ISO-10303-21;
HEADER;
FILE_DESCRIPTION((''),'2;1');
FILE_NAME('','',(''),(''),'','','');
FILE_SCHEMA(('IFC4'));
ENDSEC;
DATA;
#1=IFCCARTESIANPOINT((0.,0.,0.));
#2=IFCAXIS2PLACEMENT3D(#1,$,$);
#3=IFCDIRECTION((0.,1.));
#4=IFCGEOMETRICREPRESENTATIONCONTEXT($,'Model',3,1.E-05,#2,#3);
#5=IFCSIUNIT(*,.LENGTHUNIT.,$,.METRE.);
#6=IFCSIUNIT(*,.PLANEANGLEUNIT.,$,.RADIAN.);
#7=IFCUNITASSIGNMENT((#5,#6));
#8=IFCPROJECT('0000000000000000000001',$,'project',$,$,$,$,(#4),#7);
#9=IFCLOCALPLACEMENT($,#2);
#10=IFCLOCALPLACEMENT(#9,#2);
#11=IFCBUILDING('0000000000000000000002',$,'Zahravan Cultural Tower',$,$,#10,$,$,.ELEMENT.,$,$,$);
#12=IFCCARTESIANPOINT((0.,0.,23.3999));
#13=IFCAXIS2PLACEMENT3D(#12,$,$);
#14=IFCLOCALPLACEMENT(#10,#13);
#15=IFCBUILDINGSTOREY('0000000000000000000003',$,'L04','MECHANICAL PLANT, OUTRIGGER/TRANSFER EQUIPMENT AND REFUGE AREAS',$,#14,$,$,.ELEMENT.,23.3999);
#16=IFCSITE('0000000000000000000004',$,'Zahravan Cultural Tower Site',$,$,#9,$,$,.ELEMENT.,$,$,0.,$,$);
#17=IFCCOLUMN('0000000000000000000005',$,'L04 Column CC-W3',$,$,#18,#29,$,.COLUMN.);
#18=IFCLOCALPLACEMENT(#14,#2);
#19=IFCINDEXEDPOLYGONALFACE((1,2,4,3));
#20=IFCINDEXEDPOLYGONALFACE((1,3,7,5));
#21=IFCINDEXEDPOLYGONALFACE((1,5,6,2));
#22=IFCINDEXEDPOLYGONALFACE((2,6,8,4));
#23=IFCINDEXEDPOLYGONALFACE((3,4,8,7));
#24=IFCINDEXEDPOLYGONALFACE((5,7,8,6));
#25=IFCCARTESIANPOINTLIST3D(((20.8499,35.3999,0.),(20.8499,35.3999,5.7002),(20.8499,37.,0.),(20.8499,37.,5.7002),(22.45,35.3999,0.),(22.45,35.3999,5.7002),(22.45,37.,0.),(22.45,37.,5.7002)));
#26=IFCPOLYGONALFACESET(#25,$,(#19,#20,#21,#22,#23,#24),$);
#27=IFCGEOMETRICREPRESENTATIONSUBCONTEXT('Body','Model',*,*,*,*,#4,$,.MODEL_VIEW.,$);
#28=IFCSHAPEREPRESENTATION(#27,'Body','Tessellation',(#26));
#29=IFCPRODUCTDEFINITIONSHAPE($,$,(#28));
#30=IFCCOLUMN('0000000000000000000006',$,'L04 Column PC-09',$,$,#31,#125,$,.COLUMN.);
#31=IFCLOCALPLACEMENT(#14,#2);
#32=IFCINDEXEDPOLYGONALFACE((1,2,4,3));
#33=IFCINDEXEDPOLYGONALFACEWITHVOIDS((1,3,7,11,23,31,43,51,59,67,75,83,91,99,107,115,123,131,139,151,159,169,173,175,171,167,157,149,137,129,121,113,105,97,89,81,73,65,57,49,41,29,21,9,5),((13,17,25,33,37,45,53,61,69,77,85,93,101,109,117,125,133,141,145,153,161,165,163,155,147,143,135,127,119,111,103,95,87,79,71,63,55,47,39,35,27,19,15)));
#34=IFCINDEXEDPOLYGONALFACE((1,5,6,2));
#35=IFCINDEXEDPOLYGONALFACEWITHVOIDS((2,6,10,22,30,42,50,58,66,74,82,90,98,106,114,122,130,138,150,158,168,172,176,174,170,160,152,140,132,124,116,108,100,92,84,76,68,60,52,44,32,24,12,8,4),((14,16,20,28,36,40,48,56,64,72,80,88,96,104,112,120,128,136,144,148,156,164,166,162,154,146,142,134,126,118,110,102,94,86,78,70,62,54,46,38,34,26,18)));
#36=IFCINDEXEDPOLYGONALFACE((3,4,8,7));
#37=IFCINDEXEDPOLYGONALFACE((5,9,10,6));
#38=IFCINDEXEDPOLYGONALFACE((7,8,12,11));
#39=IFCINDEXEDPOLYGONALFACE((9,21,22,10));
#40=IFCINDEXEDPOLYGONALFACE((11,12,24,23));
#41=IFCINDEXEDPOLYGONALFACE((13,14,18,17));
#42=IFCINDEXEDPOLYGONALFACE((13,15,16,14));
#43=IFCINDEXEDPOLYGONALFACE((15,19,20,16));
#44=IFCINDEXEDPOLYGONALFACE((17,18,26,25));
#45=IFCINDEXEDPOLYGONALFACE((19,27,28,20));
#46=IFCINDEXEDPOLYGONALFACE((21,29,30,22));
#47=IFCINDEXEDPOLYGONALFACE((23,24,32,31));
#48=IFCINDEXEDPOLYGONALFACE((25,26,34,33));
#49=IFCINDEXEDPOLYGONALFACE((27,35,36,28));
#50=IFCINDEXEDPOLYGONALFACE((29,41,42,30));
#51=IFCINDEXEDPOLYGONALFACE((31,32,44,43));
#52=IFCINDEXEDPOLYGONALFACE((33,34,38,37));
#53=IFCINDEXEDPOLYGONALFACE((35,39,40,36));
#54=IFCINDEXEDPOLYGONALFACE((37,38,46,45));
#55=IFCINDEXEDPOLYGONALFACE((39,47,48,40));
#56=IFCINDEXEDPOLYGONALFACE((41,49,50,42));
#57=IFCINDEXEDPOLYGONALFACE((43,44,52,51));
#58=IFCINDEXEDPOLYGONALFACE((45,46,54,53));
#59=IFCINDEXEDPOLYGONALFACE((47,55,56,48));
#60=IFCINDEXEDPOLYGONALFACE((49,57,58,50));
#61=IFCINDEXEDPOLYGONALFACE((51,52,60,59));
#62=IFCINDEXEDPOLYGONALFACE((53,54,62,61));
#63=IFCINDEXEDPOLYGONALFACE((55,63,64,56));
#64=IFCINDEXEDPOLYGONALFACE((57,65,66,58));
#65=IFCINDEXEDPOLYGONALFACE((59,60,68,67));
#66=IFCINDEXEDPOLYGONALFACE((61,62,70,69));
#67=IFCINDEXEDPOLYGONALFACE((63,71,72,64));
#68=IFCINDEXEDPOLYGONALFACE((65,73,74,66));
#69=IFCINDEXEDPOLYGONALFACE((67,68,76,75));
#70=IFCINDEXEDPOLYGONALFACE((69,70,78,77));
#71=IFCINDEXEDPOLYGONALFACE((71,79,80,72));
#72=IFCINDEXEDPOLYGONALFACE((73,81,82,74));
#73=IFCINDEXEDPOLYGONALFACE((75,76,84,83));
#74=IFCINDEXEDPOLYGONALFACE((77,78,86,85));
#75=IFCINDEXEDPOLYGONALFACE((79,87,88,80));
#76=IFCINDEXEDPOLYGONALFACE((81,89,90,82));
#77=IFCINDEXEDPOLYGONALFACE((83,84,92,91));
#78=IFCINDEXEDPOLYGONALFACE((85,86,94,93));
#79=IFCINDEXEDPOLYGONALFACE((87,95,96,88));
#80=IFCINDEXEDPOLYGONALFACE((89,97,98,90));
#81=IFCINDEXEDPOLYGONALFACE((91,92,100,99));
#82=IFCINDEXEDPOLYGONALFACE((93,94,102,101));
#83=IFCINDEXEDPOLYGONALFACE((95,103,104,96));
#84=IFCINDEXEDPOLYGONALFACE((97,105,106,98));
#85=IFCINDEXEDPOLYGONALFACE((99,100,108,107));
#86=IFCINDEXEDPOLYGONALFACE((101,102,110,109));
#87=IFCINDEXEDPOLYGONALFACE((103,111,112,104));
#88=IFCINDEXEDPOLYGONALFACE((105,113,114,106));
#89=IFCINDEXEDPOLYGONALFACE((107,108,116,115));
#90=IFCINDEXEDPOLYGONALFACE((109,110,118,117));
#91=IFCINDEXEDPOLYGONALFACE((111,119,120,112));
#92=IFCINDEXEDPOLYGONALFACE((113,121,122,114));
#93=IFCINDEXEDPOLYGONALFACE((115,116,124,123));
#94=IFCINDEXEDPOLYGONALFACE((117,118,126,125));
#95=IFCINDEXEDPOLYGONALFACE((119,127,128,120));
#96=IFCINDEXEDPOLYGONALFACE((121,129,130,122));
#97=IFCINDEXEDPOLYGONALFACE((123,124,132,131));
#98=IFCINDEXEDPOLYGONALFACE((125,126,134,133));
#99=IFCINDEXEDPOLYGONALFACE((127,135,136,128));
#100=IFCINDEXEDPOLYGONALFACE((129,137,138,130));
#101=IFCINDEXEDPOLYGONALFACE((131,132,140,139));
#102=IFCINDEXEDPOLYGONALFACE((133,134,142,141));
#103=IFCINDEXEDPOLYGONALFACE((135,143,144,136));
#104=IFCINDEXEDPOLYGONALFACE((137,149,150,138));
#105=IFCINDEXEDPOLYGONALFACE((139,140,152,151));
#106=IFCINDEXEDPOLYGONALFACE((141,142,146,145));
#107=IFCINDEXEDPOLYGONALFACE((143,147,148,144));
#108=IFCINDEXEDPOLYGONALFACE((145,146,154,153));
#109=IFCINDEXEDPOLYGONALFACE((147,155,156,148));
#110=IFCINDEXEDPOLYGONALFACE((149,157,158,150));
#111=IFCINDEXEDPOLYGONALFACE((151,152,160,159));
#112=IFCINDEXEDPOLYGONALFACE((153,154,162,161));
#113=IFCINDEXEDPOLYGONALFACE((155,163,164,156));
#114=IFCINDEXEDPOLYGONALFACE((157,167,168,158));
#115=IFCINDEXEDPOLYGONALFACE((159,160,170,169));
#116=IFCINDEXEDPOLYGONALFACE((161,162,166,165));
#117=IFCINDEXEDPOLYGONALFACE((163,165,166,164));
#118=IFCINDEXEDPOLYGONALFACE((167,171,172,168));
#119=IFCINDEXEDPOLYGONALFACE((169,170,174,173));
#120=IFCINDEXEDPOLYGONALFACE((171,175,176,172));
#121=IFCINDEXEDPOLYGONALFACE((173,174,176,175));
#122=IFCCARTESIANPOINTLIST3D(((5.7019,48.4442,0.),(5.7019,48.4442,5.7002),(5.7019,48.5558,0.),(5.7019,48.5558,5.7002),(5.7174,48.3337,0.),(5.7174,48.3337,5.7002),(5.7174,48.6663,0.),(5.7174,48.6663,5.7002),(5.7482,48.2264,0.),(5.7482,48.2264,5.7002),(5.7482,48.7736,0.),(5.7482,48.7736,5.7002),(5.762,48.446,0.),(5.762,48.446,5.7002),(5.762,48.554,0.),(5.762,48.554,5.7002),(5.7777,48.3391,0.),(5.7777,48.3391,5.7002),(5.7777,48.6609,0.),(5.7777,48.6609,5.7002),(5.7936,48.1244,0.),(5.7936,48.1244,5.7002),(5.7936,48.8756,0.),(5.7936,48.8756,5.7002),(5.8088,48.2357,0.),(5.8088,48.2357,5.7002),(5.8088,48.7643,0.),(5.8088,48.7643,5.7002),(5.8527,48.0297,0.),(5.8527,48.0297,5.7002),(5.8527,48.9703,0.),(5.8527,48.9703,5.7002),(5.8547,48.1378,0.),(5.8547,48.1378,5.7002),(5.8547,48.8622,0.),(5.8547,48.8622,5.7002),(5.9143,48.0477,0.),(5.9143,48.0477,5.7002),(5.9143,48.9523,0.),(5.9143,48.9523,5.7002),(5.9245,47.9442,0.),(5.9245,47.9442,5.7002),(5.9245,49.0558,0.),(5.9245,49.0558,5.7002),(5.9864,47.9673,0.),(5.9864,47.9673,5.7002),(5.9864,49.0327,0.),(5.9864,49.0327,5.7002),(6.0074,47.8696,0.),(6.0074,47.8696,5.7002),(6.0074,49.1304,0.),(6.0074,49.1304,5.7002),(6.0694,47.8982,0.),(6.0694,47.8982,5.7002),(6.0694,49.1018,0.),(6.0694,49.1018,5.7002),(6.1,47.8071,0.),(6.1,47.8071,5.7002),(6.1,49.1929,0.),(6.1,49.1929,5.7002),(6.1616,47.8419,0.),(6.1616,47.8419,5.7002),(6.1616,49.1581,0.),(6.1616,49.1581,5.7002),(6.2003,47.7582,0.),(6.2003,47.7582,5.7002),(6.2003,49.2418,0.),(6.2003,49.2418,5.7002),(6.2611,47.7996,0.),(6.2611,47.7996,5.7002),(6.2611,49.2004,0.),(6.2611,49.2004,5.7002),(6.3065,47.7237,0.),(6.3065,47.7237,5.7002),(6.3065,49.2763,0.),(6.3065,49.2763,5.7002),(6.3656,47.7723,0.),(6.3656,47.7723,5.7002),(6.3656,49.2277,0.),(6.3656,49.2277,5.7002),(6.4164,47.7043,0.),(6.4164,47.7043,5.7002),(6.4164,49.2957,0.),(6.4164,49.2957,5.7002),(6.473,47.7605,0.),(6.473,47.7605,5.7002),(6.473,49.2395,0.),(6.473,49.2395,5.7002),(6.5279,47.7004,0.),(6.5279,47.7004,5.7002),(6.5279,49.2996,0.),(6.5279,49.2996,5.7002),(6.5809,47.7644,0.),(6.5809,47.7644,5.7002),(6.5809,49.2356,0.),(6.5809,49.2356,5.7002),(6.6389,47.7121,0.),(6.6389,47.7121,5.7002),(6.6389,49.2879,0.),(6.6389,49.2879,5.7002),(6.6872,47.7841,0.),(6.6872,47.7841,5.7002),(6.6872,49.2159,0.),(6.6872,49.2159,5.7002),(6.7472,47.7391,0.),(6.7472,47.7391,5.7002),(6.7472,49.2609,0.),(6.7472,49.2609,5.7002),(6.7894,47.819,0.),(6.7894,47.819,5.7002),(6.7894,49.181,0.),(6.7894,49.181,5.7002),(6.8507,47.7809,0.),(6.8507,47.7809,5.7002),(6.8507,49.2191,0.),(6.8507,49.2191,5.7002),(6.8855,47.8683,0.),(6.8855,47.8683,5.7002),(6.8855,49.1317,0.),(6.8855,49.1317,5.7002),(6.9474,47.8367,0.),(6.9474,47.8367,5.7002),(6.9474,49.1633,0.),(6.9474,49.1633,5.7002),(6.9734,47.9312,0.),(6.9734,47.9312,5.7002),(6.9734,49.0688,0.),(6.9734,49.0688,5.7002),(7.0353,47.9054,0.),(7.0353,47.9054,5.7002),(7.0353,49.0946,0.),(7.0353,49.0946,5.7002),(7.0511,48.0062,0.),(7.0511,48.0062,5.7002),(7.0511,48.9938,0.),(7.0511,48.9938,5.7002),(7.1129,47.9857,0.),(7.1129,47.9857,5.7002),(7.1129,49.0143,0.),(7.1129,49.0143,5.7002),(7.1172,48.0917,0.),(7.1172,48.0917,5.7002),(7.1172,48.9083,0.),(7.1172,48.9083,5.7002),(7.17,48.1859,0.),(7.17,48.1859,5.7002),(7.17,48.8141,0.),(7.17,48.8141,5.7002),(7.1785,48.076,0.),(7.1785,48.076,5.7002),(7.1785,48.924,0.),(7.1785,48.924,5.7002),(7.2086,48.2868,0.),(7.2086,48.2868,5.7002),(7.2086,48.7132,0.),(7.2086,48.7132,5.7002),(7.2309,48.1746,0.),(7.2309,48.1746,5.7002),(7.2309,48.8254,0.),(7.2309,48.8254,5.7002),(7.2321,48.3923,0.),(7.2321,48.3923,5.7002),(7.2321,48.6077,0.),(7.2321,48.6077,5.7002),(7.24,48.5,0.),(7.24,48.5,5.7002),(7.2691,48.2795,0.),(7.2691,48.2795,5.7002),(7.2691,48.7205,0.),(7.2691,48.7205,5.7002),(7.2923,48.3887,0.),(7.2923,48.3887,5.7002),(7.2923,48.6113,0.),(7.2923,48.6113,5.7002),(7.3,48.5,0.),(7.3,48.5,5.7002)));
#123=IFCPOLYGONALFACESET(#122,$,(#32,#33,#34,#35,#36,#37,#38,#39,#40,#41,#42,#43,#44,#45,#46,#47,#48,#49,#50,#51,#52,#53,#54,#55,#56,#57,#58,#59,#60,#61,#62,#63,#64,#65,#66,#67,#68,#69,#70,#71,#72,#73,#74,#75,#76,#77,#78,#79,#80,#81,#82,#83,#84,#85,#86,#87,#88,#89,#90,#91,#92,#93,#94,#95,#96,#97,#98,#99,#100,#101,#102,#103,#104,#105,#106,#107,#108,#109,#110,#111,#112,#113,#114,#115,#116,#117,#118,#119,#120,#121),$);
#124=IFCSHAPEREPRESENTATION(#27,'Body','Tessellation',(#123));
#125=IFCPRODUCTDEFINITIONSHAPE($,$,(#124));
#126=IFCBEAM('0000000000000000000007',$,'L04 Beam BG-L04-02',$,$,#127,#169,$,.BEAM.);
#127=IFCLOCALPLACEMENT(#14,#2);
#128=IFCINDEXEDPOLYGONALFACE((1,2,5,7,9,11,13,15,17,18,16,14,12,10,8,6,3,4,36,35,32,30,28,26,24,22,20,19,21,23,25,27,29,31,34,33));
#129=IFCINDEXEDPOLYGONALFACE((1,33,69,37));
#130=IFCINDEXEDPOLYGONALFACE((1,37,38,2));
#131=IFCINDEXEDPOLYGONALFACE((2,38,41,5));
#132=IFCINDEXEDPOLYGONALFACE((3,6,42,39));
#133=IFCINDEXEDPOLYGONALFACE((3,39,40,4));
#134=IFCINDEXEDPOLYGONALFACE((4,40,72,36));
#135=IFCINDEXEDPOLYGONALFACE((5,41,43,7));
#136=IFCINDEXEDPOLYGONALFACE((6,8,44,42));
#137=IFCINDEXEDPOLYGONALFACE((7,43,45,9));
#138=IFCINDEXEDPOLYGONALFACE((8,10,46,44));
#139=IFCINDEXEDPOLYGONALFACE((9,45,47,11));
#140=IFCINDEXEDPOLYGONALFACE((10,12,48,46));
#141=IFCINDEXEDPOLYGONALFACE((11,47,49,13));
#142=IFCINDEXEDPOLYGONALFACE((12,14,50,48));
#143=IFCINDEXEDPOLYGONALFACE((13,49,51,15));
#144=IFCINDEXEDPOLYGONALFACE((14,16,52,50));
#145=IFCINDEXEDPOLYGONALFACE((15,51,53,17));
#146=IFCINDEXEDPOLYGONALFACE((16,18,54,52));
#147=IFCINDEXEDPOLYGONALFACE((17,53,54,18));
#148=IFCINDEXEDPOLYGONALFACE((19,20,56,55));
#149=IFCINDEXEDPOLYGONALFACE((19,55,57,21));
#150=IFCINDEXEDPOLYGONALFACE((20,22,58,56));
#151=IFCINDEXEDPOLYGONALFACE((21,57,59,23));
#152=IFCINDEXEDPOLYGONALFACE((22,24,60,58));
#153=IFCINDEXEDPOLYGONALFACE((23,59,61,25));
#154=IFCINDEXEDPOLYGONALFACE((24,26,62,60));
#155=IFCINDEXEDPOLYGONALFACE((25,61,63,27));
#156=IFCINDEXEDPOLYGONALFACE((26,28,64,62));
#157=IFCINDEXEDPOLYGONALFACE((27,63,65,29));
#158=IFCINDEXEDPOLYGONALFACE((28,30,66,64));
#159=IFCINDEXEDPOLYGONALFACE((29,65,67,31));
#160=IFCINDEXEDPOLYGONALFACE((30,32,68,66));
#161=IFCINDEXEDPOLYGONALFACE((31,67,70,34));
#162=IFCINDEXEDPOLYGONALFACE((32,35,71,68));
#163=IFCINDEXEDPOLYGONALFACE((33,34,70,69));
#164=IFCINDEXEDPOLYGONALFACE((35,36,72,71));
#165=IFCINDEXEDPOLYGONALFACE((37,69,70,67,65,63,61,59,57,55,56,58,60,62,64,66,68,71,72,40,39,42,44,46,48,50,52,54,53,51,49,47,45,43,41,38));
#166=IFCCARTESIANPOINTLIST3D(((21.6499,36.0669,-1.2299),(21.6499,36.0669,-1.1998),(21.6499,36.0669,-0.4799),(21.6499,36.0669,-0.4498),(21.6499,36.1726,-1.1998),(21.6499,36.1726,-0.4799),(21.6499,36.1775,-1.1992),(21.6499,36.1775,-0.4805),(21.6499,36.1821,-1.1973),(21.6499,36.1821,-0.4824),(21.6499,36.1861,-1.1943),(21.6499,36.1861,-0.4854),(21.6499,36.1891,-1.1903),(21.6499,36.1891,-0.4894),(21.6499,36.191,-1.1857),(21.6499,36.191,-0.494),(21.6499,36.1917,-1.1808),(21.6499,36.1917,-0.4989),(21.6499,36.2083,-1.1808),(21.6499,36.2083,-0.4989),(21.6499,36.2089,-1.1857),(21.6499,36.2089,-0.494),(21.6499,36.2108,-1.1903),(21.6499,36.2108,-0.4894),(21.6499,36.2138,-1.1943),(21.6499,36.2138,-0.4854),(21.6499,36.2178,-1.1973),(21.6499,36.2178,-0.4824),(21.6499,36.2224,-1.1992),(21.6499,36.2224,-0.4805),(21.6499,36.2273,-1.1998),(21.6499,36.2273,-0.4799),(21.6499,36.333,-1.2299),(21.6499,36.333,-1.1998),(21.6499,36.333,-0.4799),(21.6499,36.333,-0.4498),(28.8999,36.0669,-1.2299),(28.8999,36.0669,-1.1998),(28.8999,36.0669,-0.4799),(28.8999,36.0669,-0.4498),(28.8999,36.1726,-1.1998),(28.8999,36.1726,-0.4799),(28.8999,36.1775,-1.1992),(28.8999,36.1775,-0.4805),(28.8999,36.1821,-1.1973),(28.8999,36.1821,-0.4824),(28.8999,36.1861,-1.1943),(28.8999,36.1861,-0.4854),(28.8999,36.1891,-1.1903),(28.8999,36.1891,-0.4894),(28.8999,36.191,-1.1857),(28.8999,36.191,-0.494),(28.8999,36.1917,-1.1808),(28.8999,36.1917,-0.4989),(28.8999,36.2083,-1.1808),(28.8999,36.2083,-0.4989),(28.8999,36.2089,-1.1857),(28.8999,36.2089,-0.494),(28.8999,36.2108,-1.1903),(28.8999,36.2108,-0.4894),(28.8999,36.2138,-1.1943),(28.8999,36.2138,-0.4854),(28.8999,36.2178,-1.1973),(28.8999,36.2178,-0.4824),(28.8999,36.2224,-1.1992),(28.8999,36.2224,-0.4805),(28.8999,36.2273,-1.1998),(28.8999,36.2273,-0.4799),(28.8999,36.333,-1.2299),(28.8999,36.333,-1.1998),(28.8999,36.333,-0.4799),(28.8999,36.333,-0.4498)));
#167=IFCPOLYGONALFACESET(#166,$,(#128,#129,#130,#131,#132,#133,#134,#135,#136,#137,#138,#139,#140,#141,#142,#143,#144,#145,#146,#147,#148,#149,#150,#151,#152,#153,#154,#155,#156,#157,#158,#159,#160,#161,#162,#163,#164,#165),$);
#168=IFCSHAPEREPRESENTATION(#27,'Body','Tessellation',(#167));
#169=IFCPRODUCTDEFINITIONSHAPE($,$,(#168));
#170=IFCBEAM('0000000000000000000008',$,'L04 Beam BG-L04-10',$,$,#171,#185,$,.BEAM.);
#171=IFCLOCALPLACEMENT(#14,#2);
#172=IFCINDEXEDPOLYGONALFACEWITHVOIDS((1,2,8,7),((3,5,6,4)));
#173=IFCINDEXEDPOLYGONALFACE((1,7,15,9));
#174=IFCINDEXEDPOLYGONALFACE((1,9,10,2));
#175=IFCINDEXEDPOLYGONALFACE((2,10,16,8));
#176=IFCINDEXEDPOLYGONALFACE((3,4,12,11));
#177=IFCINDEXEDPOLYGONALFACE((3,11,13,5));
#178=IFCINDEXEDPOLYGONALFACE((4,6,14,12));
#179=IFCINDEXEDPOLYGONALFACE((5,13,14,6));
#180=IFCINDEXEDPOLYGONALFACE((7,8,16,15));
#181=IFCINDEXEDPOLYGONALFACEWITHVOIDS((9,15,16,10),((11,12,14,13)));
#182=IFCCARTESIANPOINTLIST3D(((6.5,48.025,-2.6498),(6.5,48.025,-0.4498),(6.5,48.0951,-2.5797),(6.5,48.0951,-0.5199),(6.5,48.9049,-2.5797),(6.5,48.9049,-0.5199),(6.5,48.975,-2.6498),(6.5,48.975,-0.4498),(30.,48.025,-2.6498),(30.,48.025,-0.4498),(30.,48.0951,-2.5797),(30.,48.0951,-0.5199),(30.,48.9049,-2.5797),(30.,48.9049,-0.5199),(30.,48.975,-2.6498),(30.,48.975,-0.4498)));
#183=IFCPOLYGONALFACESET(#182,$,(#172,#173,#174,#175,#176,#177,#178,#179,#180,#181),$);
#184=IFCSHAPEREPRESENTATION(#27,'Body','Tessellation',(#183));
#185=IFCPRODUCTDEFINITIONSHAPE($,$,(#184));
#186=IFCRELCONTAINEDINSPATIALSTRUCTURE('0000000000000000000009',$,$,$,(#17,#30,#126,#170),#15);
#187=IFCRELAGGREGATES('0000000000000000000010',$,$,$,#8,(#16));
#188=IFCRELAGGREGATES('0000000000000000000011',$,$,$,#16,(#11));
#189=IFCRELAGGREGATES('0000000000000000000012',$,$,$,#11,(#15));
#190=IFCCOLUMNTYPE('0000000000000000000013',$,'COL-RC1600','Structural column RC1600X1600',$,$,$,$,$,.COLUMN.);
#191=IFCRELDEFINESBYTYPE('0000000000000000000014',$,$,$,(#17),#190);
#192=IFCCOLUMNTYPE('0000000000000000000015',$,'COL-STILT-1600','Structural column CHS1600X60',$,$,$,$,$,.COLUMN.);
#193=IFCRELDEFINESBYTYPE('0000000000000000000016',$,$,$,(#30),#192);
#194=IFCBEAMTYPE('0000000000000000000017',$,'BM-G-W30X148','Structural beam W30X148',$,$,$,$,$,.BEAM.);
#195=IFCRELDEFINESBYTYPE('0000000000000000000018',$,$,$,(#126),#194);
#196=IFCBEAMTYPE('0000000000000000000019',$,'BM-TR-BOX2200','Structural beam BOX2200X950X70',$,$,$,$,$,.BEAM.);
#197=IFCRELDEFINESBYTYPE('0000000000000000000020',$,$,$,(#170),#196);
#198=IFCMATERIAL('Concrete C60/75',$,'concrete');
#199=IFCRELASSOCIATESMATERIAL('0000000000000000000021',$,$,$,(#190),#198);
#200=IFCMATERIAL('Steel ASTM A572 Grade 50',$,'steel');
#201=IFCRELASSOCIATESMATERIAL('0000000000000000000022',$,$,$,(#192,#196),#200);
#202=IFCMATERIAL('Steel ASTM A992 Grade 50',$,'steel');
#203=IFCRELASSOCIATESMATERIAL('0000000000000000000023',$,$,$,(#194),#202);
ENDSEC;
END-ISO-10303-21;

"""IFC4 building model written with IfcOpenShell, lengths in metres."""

from ifc_helpers import new_model, si_unit, direction, frame, origin, origin_2d, place, context, subcontext, project, spatial, rectangle, hollow_rectangle, hollow_circle, i_section, extrude, source, transform, mapped, material, material_profile, profile_set, type_object, element, save


model = new_model("IFC4")

# Units and contexts
model_context = context("Model", 3, precision=1e-05, world=origin(), true_north=direction((0.0, 1.0)))
body_context = subcontext(model_context, "Body", "Model", "MODEL_VIEW")
ifc_project = project(units=[si_unit("LENGTHUNIT", "METRE"), si_unit("PLANEANGLEUNIT", "RADIAN")], contexts=[model_context])

# Site, building, storey
site_placement = place(None, origin())
site = spatial("IfcSite", under=ifc_project, at=site_placement, Name="Zahravan Cultural Tower Site", CompositionType="ELEMENT", RefElevation=0.0)
building_placement = place(site_placement, origin())
building = spatial("IfcBuilding", under=site, at=building_placement, Name="Zahravan Cultural Tower", CompositionType="ELEMENT")
storey_placement = place(building_placement, frame((0.0, 0.0, 23.3999)))
storey = spatial("IfcBuildingStorey", under=building, at=storey_placement, Name="L04", Description="MECHANICAL PLANT, OUTRIGGER/TRANSFER EQUIPMENT AND REFUGE AREAS", CompositionType="ELEMENT", Elevation=23.3999)

# Columns
ifc_material_1 = material(Name="Concrete C60/75", Category="concrete")
ifc_material_profile_1 = material_profile(ifc_material_1, rectangle(XDim=1.6001, YDim=1.6001, at=origin_2d()), Name="RC1600X1600")
ifc_profile_set_1 = profile_set([ifc_material_profile_1], Name="Concrete C60/75")
column_type_1 = type_object("IfcColumnType", Name="COL-RC1600", Description="Structural column RC1600X1600", PredefinedType="COLUMN", material=ifc_profile_set_1)
shared_shape_1 = source(origin(), body_context, "Body", "SweptSolid", [
    extrude(rectangle(XDim=1.6001, YDim=1.6001, at=origin_2d()), origin(), (0.0, 0.0, 1.0), 5.7002),
])
column_1_placement = place(storey_placement, frame((21.6499, 36.2, 0.0), z_axis=(0.0, 0.0, 1.0), x_axis=(1.0, 0.0, 0.0)))
element("IfcColumn", 1, at=column_1_placement, inside=storey, type_object=column_type_1, Name="L04 Column CC-W3", PredefinedType="COLUMN", context=body_context, shape_type="MappedRepresentation", body=[
    mapped(shared_shape_1, transform((0.0, 0.0, 0.0), x_axis=(1.0, 0.0, 0.0), y_axis=(0.0, 1.0, 0.0), z_axis=(0.0, 0.0, 1.0), scale=1.0)),
])
ifc_material_2 = material(Name="Steel ASTM A572 Grade 50", Category="steel")
ifc_material_profile_2 = material_profile(ifc_material_2, hollow_circle(Radius=0.8, WallThickness=0.0601, at=origin_2d()), Name="CHS1600X60")
ifc_profile_set_2 = profile_set([ifc_material_profile_2], Name="Steel ASTM A572 Grade 50")
column_type_2 = type_object("IfcColumnType", Name="COL-STILT-1600", Description="Structural column CHS1600X60", PredefinedType="COLUMN", material=ifc_profile_set_2)
shared_shape_2 = source(origin(), body_context, "Body", "SweptSolid", [
    extrude(hollow_circle(Radius=0.8, WallThickness=0.0601, at=origin_2d()), origin(), (0.0, 0.0, 1.0), 5.7002),
])
column_2_placement = place(storey_placement, frame((6.5, 48.5, 0.0), z_axis=(0.0, 0.0, 1.0), x_axis=(1.0, 0.0, 0.0)))
element("IfcColumn", 2, at=column_2_placement, inside=storey, type_object=column_type_2, Name="L04 Column PC-09", PredefinedType="COLUMN", context=body_context, shape_type="MappedRepresentation", body=[
    mapped(shared_shape_2, transform((0.0, 0.0, 0.0), x_axis=(1.0, 0.0, 0.0), y_axis=(0.0, 1.0, 0.0), z_axis=(0.0, 0.0, 1.0), scale=1.0)),
])

# Beams
ifc_material_3 = material(Name="Steel ASTM A992 Grade 50", Category="steel")
ifc_material_profile_3 = material_profile(ifc_material_3, i_section(OverallWidth=0.2661, OverallDepth=0.78, WebThickness=0.0166, FlangeThickness=0.03, FilletRadius=0.019, at=origin_2d()), Name="W30X148")
ifc_profile_set_3 = profile_set([ifc_material_profile_3], Name="Steel ASTM A992 Grade 50")
beam_type_1 = type_object("IfcBeamType", Name="BM-G-W30X148", Description="Structural beam W30X148", PredefinedType="BEAM", material=ifc_profile_set_3)
shared_shape_3 = source(origin(), body_context, "Body", "SweptSolid", [
    extrude(i_section(OverallWidth=0.2661, OverallDepth=0.78, WebThickness=0.0166, FlangeThickness=0.03, FilletRadius=0.019, at=origin_2d()), origin(), (0.0, 0.0, 1.0), 7.25),
])
beam_1_placement = place(storey_placement, frame((21.6499, 36.2, -0.8398), z_axis=(1.0, 0.0, 0.0), x_axis=(0.0, 1.0, 0.0)))
element("IfcBeam", 3, at=beam_1_placement, inside=storey, type_object=beam_type_1, Name="L04 Beam BG-L04-02", PredefinedType="BEAM", context=body_context, shape_type="MappedRepresentation", body=[
    mapped(shared_shape_3, transform((0.0, 0.0, 0.0), x_axis=(1.0, 0.0, 0.0), y_axis=(0.0, 1.0, 0.0), z_axis=(0.0, 0.0, 1.0), scale=1.0)),
])
ifc_material_profile_4 = material_profile(ifc_material_2, hollow_rectangle(XDim=0.95, YDim=2.2, WallThickness=0.0701, at=origin_2d()), Name="BOX2200X950X70")
ifc_profile_set_4 = profile_set([ifc_material_profile_4], Name="Steel ASTM A572 Grade 50")
beam_type_2 = type_object("IfcBeamType", Name="BM-TR-BOX2200", Description="Structural beam BOX2200X950X70", PredefinedType="BEAM", material=ifc_profile_set_4)
shared_shape_4 = source(origin(), body_context, "Body", "SweptSolid", [
    extrude(hollow_rectangle(XDim=0.95, YDim=2.2, WallThickness=0.0701, at=origin_2d()), origin(), (0.0, 0.0, 1.0), 23.5),
])
beam_2_placement = place(storey_placement, frame((6.5, 48.5, -1.5498), z_axis=(1.0, 0.0, 0.0), x_axis=(0.0, 1.0, 0.0)))
element("IfcBeam", 4, at=beam_2_placement, inside=storey, type_object=beam_type_2, Name="L04 Beam BG-L04-10", PredefinedType="BEAM", context=body_context, shape_type="MappedRepresentation", body=[
    mapped(shared_shape_4, transform((0.0, 0.0, 0.0), x_axis=(1.0, 0.0, 0.0), y_axis=(0.0, 1.0, 0.0), z_axis=(0.0, 0.0, 1.0), scale=1.0)),
])

save(model, "model.ifc")
